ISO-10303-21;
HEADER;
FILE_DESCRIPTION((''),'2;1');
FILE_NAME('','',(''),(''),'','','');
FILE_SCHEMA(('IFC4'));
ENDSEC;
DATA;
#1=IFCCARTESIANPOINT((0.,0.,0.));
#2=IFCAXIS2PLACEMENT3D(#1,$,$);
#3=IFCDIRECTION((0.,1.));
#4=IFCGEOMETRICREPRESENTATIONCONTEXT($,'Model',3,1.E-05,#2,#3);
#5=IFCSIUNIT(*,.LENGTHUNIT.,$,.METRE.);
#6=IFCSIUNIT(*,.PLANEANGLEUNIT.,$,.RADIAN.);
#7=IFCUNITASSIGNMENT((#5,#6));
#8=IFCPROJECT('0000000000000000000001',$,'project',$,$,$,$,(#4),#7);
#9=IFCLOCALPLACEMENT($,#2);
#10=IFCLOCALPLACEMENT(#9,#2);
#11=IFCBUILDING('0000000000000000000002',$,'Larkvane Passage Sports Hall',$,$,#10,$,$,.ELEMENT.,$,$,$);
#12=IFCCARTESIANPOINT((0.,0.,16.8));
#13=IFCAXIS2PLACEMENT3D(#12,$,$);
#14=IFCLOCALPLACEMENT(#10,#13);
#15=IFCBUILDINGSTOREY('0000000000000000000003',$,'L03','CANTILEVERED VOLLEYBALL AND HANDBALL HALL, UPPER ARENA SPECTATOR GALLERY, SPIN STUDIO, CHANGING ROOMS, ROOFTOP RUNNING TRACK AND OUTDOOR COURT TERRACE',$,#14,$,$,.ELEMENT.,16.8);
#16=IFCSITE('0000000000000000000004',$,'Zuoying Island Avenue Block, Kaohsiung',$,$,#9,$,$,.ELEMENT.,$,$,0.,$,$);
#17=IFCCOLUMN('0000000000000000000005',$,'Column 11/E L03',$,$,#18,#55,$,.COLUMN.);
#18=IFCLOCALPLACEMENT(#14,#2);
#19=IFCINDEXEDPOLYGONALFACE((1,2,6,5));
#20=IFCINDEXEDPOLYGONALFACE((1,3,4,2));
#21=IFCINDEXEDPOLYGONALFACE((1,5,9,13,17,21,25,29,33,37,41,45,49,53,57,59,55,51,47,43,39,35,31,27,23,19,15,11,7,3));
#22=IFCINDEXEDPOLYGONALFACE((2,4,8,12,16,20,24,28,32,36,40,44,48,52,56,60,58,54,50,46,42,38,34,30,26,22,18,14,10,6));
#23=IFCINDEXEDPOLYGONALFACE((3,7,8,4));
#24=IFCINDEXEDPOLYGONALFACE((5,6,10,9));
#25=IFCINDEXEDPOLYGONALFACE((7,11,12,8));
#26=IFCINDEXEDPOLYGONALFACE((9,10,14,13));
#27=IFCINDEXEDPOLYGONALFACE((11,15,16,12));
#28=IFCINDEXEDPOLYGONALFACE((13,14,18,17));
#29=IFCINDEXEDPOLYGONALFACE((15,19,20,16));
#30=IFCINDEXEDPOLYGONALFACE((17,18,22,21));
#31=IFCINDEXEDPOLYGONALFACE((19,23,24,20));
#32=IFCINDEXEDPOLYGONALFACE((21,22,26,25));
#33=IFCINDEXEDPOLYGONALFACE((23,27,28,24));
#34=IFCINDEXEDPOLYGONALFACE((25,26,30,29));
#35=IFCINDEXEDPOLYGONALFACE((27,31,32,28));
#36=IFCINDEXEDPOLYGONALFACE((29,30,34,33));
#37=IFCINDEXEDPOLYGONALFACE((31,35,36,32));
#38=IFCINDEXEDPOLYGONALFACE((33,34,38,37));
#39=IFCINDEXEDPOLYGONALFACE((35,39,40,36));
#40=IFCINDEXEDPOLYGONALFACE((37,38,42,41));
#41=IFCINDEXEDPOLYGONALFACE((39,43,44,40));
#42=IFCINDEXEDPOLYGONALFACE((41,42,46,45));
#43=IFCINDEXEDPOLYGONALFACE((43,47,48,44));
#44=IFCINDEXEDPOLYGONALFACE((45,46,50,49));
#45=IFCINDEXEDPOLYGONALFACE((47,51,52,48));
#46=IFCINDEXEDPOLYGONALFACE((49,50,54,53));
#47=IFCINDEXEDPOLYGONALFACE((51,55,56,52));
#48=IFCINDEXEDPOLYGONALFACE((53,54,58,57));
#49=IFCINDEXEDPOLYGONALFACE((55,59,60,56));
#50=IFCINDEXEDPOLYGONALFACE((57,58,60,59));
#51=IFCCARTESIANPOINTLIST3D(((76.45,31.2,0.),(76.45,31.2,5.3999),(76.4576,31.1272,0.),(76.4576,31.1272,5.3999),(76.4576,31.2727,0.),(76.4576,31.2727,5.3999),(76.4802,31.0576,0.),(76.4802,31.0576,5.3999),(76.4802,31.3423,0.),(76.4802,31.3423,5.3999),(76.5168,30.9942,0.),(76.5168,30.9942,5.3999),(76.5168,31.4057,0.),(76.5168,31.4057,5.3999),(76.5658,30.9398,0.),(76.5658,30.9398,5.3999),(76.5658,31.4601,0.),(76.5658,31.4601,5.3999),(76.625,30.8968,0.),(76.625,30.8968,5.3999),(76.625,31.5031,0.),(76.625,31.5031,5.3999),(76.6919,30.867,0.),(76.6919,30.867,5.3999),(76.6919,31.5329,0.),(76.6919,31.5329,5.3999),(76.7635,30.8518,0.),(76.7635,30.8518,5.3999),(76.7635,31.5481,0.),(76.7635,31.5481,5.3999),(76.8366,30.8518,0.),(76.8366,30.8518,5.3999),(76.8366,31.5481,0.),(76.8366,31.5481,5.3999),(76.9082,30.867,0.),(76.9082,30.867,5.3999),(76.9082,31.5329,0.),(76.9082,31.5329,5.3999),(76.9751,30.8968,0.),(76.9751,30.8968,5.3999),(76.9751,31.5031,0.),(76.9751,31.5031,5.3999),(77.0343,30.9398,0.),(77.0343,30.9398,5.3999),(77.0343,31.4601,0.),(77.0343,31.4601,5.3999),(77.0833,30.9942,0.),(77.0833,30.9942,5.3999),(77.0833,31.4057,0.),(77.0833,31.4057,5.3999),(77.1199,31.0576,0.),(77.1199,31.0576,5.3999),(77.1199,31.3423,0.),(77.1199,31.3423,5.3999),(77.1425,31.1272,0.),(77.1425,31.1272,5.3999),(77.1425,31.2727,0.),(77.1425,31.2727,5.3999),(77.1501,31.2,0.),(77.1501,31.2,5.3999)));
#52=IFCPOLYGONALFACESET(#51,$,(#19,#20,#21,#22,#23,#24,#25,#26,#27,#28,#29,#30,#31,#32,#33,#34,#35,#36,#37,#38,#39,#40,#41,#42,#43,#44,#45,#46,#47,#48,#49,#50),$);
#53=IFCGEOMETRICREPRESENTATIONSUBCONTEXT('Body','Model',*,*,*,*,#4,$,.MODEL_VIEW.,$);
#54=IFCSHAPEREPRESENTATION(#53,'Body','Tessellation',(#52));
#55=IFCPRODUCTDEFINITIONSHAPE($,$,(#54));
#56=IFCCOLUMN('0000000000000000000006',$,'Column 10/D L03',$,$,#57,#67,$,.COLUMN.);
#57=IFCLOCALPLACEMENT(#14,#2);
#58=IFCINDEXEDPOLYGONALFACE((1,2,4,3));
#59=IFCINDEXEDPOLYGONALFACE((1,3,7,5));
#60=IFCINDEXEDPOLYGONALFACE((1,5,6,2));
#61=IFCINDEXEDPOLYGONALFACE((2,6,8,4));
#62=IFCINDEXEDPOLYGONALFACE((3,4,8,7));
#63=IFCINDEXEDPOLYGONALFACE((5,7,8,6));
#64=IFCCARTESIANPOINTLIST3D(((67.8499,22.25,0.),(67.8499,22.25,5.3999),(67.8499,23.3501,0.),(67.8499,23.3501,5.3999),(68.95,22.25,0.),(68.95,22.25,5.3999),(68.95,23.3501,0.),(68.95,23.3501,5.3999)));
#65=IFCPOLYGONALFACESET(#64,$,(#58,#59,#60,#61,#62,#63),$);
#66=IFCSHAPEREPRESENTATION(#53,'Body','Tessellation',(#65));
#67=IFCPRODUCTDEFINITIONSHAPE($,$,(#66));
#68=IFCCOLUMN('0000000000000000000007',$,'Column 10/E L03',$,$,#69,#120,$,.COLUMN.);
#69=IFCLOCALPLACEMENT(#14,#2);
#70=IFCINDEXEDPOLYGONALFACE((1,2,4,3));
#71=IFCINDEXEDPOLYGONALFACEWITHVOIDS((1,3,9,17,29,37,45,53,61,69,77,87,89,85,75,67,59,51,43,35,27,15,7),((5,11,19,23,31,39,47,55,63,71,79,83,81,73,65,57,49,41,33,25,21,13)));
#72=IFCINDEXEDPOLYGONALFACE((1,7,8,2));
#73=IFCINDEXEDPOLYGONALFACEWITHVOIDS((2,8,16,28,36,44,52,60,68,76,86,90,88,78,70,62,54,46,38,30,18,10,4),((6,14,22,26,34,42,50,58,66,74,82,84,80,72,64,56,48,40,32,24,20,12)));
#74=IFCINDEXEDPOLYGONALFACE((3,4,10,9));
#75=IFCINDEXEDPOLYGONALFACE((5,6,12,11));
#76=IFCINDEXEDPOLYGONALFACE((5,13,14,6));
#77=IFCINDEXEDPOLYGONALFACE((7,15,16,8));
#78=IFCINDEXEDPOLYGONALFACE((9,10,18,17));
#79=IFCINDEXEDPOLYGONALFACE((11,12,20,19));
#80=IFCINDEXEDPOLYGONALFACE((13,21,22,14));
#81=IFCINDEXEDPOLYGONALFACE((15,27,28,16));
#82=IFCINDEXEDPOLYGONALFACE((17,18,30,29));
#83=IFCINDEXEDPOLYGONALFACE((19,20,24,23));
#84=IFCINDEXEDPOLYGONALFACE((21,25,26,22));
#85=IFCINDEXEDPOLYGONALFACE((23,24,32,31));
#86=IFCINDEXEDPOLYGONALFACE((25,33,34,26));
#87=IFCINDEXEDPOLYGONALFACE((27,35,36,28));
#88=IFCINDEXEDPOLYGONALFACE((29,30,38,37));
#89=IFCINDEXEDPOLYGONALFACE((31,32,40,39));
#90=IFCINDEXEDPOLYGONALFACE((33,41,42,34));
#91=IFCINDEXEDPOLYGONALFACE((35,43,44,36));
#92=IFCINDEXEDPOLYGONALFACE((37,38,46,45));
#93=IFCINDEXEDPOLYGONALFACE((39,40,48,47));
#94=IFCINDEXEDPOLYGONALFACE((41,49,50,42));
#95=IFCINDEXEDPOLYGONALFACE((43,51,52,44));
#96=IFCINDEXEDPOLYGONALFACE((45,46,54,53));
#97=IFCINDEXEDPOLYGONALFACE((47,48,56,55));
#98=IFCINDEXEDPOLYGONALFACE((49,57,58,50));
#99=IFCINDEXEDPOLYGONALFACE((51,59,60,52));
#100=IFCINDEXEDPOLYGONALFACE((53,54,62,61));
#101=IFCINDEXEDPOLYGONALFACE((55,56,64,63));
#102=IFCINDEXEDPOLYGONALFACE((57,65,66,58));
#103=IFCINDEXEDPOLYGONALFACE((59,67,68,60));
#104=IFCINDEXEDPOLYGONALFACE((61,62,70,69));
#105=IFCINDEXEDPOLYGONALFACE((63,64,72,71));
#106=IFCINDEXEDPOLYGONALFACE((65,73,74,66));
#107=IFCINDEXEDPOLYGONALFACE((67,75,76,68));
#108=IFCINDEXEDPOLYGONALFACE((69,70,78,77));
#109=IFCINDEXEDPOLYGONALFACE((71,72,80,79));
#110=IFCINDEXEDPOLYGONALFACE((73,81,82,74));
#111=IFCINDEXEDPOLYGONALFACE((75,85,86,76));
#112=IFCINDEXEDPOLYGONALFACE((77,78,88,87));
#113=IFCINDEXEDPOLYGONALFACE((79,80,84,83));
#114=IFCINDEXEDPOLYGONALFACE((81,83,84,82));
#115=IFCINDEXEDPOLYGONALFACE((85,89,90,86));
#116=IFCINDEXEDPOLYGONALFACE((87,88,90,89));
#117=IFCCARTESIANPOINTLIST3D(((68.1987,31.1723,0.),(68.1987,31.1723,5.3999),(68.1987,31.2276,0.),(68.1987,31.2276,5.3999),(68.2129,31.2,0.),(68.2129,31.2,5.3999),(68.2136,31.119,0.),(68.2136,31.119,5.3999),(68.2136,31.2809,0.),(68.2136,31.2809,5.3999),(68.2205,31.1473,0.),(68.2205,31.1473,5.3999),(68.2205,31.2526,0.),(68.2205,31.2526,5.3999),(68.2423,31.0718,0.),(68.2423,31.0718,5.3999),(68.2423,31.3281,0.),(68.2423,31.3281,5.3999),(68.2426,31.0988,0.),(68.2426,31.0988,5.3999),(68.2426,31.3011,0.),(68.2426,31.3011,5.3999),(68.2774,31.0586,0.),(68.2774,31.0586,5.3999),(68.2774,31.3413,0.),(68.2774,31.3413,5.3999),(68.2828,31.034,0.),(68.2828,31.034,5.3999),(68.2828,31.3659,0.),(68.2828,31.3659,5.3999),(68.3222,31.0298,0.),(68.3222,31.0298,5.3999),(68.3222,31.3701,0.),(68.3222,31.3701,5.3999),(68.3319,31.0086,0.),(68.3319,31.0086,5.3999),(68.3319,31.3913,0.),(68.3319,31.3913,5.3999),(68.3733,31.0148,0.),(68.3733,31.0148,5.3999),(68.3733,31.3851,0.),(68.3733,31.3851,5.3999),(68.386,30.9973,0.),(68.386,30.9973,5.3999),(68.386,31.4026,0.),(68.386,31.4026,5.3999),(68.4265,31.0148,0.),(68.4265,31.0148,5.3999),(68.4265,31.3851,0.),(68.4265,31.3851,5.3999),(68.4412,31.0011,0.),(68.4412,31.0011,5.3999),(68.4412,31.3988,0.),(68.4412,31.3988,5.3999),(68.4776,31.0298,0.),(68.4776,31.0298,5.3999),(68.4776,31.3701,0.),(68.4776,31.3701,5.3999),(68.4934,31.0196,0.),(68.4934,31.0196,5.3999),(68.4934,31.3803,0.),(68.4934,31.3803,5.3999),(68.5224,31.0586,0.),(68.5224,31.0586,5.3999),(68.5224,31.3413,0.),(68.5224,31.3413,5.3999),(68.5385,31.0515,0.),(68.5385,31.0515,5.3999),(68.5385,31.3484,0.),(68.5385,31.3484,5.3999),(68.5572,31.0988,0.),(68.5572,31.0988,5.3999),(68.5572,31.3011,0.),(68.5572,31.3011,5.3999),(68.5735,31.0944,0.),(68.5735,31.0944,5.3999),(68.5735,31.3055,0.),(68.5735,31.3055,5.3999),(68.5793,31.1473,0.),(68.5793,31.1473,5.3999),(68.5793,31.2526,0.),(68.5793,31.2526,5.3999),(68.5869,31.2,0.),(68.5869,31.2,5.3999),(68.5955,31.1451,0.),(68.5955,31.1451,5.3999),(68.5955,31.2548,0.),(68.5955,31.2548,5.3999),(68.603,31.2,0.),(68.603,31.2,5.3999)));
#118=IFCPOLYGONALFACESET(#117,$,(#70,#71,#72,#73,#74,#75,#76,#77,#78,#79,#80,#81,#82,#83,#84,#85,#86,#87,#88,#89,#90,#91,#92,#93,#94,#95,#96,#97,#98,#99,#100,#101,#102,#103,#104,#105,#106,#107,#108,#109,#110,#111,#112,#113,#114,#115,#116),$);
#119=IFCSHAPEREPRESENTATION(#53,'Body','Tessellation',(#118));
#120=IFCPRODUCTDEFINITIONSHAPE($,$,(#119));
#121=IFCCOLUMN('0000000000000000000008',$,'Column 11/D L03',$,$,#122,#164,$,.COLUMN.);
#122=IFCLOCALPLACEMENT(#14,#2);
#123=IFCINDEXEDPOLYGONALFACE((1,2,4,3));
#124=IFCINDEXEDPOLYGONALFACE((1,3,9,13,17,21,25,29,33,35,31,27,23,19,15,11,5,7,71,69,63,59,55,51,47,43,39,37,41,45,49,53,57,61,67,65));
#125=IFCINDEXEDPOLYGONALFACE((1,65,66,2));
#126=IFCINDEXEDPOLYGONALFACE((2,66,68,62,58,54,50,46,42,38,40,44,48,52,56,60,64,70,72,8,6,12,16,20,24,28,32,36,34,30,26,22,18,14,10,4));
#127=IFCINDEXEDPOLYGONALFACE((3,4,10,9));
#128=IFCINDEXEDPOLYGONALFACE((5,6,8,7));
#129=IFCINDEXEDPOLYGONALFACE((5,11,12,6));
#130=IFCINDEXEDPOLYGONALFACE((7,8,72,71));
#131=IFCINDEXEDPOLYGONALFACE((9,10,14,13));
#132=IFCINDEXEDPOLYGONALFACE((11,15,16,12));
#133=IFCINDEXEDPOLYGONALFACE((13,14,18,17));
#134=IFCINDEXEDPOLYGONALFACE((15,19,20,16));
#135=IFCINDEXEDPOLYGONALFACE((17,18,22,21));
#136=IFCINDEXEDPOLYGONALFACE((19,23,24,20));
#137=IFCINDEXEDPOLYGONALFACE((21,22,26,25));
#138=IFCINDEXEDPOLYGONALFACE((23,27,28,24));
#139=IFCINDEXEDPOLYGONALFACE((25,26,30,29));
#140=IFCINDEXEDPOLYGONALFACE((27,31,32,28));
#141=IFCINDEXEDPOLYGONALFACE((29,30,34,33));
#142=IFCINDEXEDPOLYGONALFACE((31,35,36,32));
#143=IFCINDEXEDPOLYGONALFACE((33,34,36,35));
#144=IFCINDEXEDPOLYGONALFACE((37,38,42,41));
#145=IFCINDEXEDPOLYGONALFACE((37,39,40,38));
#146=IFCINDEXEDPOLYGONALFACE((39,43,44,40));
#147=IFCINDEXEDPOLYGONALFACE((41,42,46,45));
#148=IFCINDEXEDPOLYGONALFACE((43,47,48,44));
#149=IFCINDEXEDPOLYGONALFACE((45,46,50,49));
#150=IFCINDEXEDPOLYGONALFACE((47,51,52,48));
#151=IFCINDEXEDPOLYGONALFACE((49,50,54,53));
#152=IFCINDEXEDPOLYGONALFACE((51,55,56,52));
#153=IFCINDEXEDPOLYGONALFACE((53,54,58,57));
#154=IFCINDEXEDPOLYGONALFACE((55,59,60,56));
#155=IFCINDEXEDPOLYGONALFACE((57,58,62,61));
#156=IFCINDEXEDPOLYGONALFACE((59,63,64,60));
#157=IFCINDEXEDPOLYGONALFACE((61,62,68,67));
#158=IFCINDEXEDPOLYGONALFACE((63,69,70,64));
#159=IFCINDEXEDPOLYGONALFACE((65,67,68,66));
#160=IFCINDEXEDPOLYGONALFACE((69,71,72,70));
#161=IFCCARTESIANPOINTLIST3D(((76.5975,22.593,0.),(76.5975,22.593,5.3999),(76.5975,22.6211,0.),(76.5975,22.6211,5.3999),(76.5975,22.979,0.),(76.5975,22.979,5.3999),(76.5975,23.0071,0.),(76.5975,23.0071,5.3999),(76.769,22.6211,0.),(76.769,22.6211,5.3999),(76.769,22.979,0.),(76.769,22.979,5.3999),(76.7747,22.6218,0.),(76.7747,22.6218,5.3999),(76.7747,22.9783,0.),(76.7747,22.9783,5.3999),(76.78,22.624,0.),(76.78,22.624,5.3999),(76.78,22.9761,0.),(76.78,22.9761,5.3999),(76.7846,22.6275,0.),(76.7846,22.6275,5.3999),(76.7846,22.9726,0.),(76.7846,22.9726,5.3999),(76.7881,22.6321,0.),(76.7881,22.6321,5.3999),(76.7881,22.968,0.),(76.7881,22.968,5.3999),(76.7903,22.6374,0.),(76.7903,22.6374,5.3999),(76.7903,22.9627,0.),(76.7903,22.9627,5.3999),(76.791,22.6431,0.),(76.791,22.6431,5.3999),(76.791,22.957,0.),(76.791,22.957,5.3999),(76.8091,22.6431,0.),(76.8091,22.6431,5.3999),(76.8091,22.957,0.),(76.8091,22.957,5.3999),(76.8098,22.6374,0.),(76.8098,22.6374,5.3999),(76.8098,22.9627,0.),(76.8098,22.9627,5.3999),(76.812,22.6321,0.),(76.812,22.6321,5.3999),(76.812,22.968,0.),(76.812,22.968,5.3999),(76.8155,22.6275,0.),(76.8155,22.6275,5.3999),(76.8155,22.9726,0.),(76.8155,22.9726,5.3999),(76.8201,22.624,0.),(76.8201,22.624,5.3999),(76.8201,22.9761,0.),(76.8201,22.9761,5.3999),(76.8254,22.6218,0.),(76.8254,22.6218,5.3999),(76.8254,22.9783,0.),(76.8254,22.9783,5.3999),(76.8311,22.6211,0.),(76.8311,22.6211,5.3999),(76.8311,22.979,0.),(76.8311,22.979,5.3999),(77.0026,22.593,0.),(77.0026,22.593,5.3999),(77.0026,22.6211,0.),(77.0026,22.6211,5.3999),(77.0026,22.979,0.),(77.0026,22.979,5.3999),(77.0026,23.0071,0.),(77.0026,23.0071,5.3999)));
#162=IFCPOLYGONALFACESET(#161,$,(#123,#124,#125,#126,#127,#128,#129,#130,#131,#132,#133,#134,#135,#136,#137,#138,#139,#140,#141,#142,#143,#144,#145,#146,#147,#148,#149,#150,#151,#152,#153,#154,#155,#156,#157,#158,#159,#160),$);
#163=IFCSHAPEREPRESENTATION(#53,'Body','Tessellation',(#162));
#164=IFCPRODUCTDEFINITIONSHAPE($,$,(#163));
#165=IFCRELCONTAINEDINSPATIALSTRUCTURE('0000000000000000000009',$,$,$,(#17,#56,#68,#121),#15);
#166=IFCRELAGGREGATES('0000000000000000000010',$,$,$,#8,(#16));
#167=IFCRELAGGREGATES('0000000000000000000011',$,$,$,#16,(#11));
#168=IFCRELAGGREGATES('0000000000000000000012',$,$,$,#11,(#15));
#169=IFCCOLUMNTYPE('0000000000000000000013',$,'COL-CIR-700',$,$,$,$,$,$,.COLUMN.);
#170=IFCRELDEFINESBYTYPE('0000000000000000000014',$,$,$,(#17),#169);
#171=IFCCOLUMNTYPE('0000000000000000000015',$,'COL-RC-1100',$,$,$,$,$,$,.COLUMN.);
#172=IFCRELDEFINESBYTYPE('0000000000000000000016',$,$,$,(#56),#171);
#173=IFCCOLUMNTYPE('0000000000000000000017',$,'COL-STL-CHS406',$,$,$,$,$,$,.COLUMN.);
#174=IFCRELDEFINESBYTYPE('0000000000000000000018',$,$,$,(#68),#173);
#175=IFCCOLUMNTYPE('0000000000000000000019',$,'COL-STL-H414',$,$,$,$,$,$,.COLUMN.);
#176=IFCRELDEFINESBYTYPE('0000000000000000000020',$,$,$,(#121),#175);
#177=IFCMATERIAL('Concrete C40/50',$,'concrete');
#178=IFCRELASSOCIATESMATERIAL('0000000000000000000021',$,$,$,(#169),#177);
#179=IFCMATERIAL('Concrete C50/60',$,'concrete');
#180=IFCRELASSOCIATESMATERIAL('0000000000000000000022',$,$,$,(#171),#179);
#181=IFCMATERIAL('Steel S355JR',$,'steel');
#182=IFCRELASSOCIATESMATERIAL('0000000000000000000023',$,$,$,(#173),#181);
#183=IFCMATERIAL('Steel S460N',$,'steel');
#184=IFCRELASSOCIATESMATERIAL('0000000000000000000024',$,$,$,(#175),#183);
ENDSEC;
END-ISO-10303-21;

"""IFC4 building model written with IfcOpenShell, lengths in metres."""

from ifc_helpers import new_model, si_unit, direction, frame, origin, origin_2d, place, context, subcontext, project, spatial, rectangle, circle, hollow_circle, i_section, extrude, material, material_profile, profile_set, type_object, element, save


model = new_model("IFC4")

# Units and contexts
model_context = context("Model", 3, precision=1e-05, world=origin(), true_north=direction((0.0, 1.0)))
body_context = subcontext(model_context, "Body", "Model", "MODEL_VIEW")
ifc_project = project(units=[si_unit("LENGTHUNIT", "METRE"), si_unit("PLANEANGLEUNIT", "RADIAN")], contexts=[model_context])

# Site, building, storey
site_placement = place(None, origin())
site = spatial("IfcSite", under=ifc_project, at=site_placement, Name="Zuoying Island Avenue Block, Kaohsiung", CompositionType="ELEMENT", RefElevation=0.0)
building_placement = place(site_placement, origin())
building = spatial("IfcBuilding", under=site, at=building_placement, Name="Larkvane Passage Sports Hall", CompositionType="ELEMENT")
storey_placement = place(building_placement, frame((0.0, 0.0, 16.8)))
storey = spatial("IfcBuildingStorey", under=building, at=storey_placement, Name="L03", Description="CANTILEVERED VOLLEYBALL AND HANDBALL HALL, UPPER ARENA SPECTATOR GALLERY, SPIN STUDIO, CHANGING ROOMS, ROOFTOP RUNNING TRACK AND OUTDOOR COURT TERRACE", CompositionType="ELEMENT", Elevation=16.8)

# Columns
ifc_material_1 = material(Name="Concrete C40/50", Category="concrete")
ifc_material_profile_1 = material_profile(ifc_material_1, circle(Radius=0.3501, at=origin_2d()), Name="RC-CIR-700")
ifc_profile_set_1 = profile_set([ifc_material_profile_1], Name="Concrete C40/50")
column_type_1 = type_object("IfcColumnType", Name="COL-CIR-700", PredefinedType="COLUMN", material=ifc_profile_set_1)
column_1_placement = place(storey_placement, frame((76.8, 31.2, 0.0), z_axis=(0.0, 0.0, 1.0), x_axis=(1.0, 0.0, 0.0)))
element("IfcColumn", 1, at=column_1_placement, inside=storey, type_object=column_type_1, Name="Column 11/E L03", PredefinedType="COLUMN", context=body_context, shape_type="SweptSolid", body=[
    extrude(circle(Radius=0.3501, at=origin_2d()), origin(), (0.0, 0.0, 1.0), 5.3999),
])
ifc_material_2 = material(Name="Concrete C50/60", Category="concrete")
ifc_material_profile_2 = material_profile(ifc_material_2, rectangle(XDim=1.1001, YDim=1.1001, at=origin_2d()), Name="RC-COL-1100x1100")
ifc_profile_set_2 = profile_set([ifc_material_profile_2], Name="Concrete C50/60")
column_type_2 = type_object("IfcColumnType", Name="COL-RC-1100", PredefinedType="COLUMN", material=ifc_profile_set_2)
column_2_placement = place(storey_placement, frame((68.3999, 22.8, 0.0), z_axis=(0.0, 0.0, 1.0), x_axis=(1.0, 0.0, 0.0)))
element("IfcColumn", 2, at=column_2_placement, inside=storey, type_object=column_type_2, Name="Column 10/D L03", PredefinedType="COLUMN", context=body_context, shape_type="SweptSolid", body=[
    extrude(rectangle(XDim=1.1001, YDim=1.1001, at=origin_2d()), origin(), (0.0, 0.0, 1.0), 5.3999),
])
ifc_material_3 = material(Name="Steel S355JR", Category="steel")
ifc_material_profile_3 = material_profile(ifc_material_3, hollow_circle(Radius=0.2031, WallThickness=0.0161, at=origin_2d()), Name="CHS-406.4x16.0")
ifc_profile_set_3 = profile_set([ifc_material_profile_3], Name="Steel S355JR")
column_type_3 = type_object("IfcColumnType", Name="COL-STL-CHS406", PredefinedType="COLUMN", material=ifc_profile_set_3)
column_3_placement = place(storey_placement, frame((68.3999, 31.2, 0.0), z_axis=(0.0, 0.0, 1.0), x_axis=(1.0, 0.0, 0.0)))
element("IfcColumn", 3, at=column_3_placement, inside=storey, type_object=column_type_3, Name="Column 10/E L03", PredefinedType="COLUMN", context=body_context, shape_type="SweptSolid", body=[
    extrude(hollow_circle(Radius=0.2031, WallThickness=0.0161, at=origin_2d()), origin(), (0.0, 0.0, 1.0), 5.3999),
])
ifc_material_4 = material(Name="Steel S460N", Category="steel")
ifc_material_profile_4 = material_profile(ifc_material_4, i_section(OverallWidth=0.405, OverallDepth=0.4141, WebThickness=0.0181, FlangeThickness=0.0281, FilletRadius=0.022, at=origin_2d()), Name="H-414x405x18x28")
ifc_profile_set_4 = profile_set([ifc_material_profile_4], Name="Steel S460N")
column_type_4 = type_object("IfcColumnType", Name="COL-STL-H414", PredefinedType="COLUMN", material=ifc_profile_set_4)
column_4_placement = place(storey_placement, frame((76.8, 22.8, 0.0), z_axis=(0.0, 0.0, 1.0), x_axis=(1.0, 0.0, 0.0)))
element("IfcColumn", 4, at=column_4_placement, inside=storey, type_object=column_type_4, Name="Column 11/D L03", PredefinedType="COLUMN", context=body_context, shape_type="SweptSolid", body=[
    extrude(i_section(OverallWidth=0.405, OverallDepth=0.4141, WebThickness=0.0181, FlangeThickness=0.0281, FilletRadius=0.022, at=origin_2d()), origin(), (0.0, 0.0, 1.0), 5.3999),
])

save(model, "model.ifc")
